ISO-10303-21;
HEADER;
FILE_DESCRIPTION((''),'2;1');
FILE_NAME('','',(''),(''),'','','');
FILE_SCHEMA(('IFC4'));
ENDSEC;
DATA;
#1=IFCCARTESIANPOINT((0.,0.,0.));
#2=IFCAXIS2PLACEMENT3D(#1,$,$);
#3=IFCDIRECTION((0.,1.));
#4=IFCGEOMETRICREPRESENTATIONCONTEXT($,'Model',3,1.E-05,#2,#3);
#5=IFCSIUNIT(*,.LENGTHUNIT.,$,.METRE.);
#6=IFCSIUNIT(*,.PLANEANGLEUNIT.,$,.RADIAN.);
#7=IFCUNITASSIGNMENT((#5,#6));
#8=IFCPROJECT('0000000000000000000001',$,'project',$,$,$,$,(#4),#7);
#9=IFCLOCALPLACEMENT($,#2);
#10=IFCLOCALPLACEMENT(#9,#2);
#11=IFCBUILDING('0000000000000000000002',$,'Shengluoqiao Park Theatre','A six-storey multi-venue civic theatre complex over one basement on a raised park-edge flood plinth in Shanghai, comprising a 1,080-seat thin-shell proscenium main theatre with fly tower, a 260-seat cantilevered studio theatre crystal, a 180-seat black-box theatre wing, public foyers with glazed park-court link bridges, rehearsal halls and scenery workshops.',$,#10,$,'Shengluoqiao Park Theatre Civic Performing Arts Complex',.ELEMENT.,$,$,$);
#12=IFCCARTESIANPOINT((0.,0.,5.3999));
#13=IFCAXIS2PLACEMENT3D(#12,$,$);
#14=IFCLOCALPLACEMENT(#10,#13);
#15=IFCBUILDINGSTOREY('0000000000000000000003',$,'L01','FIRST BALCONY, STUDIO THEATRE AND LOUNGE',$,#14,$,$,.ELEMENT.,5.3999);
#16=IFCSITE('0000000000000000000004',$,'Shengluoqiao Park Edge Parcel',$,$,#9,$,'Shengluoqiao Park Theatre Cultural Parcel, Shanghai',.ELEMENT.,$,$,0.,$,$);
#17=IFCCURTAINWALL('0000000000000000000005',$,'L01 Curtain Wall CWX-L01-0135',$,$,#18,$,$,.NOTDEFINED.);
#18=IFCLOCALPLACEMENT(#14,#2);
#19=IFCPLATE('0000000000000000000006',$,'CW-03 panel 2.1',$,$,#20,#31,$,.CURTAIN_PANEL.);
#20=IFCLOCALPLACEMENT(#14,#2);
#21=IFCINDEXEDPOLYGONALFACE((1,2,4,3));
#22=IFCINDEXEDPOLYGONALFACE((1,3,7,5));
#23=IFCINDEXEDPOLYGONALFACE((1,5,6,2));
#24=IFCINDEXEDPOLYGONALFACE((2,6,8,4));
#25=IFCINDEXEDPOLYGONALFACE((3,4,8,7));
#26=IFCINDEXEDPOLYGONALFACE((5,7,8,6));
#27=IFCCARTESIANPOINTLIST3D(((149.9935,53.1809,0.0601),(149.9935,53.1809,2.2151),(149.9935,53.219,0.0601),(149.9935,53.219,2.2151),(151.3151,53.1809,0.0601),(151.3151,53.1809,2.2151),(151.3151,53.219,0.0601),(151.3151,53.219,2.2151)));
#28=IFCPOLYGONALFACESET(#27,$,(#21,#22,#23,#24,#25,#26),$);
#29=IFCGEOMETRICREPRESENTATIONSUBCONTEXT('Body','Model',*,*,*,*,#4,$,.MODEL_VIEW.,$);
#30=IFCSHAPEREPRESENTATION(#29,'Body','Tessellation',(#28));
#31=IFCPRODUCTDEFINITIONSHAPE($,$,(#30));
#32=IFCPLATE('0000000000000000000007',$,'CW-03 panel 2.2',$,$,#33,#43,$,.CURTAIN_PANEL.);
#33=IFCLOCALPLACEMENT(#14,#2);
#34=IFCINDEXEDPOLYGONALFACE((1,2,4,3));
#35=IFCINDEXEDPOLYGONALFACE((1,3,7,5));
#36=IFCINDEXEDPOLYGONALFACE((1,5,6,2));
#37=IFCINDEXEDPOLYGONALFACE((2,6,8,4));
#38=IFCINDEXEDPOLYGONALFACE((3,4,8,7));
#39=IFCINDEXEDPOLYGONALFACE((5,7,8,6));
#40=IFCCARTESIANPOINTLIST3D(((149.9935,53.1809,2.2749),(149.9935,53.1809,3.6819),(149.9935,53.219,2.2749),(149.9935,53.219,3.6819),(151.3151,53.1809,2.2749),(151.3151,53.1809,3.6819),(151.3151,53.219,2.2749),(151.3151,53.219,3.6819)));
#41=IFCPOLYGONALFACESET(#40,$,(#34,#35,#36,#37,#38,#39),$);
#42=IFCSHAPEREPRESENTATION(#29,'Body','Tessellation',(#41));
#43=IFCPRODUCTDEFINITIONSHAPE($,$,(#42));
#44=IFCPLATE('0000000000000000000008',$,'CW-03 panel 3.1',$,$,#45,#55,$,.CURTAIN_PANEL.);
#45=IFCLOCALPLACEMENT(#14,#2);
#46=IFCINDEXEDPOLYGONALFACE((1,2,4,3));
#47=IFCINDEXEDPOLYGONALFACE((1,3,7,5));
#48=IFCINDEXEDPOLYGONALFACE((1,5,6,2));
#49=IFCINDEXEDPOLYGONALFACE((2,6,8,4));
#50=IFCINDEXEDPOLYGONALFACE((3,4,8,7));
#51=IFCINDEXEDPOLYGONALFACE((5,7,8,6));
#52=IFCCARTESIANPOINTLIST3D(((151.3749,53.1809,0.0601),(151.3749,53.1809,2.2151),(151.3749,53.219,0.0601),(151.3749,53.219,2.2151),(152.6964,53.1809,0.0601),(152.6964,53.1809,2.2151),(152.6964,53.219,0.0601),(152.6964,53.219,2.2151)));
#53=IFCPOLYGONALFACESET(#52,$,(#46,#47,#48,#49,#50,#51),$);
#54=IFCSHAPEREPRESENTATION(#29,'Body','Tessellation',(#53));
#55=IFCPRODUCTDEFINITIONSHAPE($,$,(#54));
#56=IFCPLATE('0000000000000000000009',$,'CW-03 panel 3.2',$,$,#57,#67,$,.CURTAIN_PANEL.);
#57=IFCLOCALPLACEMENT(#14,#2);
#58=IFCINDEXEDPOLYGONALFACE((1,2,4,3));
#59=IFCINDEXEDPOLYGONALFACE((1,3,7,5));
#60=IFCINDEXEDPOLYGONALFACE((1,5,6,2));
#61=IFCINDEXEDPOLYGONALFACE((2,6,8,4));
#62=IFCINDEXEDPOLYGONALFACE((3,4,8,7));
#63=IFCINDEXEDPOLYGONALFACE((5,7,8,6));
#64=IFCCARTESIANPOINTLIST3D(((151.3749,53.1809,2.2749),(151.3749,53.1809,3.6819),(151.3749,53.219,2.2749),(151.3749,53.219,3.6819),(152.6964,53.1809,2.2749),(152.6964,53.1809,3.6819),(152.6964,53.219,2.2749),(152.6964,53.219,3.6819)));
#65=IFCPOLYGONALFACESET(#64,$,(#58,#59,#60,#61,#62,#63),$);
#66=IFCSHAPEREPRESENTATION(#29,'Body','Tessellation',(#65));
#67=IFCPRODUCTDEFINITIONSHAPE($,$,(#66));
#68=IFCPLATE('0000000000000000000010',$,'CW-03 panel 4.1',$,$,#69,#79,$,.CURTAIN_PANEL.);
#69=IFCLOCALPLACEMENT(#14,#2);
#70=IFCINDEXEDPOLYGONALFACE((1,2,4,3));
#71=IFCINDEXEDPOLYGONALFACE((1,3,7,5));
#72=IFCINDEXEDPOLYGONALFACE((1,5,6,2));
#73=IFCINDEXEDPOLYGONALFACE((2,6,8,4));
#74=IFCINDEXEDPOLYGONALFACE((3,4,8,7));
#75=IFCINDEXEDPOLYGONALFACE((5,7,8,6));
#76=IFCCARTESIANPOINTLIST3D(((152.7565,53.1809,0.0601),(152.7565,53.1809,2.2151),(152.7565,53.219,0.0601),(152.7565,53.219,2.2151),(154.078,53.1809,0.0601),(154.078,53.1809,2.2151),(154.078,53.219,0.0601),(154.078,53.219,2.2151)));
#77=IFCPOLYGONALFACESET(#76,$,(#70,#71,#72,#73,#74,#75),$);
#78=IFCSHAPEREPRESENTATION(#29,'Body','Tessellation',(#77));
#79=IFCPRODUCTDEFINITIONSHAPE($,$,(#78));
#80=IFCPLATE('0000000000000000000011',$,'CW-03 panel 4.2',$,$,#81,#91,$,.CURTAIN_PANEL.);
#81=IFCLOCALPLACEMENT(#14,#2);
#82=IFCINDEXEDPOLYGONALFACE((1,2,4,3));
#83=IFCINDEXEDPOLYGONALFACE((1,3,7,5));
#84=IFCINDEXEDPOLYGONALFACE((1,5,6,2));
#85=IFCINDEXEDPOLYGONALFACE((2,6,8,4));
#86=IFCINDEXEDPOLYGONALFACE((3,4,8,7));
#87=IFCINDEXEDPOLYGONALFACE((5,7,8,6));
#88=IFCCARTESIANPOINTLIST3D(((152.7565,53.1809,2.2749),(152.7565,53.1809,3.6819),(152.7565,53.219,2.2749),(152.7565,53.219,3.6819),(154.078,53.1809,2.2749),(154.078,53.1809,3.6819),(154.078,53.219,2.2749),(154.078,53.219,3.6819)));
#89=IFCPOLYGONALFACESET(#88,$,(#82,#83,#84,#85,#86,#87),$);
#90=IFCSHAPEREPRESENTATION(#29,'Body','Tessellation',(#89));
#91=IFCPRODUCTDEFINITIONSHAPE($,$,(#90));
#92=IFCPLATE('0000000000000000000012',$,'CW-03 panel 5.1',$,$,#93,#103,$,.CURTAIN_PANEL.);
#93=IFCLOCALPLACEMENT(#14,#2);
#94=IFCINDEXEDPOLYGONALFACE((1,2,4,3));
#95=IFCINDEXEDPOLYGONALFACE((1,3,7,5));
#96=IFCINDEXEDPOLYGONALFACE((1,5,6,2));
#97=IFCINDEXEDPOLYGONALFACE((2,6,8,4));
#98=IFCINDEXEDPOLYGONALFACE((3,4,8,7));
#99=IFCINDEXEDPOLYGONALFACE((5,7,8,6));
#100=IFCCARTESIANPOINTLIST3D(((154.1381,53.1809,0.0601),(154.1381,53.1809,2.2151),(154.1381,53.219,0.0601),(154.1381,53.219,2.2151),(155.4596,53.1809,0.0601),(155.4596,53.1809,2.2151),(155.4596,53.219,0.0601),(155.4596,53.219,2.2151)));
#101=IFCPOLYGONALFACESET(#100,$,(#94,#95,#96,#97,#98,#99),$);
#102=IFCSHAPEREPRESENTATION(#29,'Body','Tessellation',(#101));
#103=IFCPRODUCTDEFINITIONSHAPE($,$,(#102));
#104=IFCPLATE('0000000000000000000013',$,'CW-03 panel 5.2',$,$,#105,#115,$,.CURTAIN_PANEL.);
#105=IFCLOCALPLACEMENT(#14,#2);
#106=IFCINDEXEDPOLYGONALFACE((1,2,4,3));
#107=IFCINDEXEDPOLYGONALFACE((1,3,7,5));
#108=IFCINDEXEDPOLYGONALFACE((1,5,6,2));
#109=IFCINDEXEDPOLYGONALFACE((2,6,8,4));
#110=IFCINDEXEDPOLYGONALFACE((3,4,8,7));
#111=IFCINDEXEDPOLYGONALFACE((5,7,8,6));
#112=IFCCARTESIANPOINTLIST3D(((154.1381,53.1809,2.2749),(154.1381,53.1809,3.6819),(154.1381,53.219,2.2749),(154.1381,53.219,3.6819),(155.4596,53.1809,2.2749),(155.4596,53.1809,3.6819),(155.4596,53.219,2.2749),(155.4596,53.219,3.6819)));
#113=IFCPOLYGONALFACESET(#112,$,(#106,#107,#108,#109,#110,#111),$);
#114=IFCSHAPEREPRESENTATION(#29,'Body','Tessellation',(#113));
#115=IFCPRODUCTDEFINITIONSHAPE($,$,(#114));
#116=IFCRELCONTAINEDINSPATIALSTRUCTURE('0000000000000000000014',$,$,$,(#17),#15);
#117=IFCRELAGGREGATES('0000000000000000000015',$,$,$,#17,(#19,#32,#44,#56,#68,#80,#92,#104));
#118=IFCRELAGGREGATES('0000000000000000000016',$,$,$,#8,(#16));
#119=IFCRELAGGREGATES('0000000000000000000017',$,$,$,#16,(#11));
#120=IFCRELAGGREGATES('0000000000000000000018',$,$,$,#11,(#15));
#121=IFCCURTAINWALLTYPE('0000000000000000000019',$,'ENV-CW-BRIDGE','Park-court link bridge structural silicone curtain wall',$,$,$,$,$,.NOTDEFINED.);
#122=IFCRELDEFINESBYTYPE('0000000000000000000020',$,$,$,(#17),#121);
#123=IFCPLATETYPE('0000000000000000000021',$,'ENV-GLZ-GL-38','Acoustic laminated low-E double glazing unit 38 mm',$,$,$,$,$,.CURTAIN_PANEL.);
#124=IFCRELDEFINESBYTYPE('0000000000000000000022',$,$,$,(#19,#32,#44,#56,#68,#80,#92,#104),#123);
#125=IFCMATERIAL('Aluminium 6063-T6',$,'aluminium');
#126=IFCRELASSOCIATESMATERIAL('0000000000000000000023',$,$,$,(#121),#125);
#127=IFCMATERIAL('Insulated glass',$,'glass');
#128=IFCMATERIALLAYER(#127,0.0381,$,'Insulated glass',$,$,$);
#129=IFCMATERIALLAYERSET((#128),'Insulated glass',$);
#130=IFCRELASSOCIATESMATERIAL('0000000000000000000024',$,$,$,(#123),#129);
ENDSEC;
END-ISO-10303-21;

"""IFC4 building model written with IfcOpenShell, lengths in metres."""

from ifc_helpers import new_model, si_unit, direction, frame, origin, origin_2d, place, context, subcontext, project, spatial, rectangle, extrude, material, layer, layer_set, type_object, element, aggregate, save


model = new_model("IFC4")

# Units and contexts
model_context = context("Model", 3, precision=1e-05, world=origin(), true_north=direction((0.0, 1.0)))
body_context = subcontext(model_context, "Body", "Model", "MODEL_VIEW")
ifc_project = project(units=[si_unit("LENGTHUNIT", "METRE"), si_unit("PLANEANGLEUNIT", "RADIAN")], contexts=[model_context])

# Site, building, storey
site_placement = place(None, origin())
site = spatial("IfcSite", under=ifc_project, at=site_placement, Name="Shengluoqiao Park Edge Parcel", LongName="Shengluoqiao Park Theatre Cultural Parcel, Shanghai", CompositionType="ELEMENT", RefElevation=0.0)
building_placement = place(site_placement, origin())
building = spatial("IfcBuilding", under=site, at=building_placement, Name="Shengluoqiao Park Theatre", Description="A six-storey multi-venue civic theatre complex over one basement on a raised park-edge flood plinth in Shanghai, comprising a 1,080-seat thin-shell proscenium main theatre with fly tower, a 260-seat cantilevered studio theatre crystal, a 180-seat black-box theatre wing, public foyers with glazed park-court link bridges, rehearsal halls and scenery workshops.", LongName="Shengluoqiao Park Theatre Civic Performing Arts Complex", CompositionType="ELEMENT")
storey_placement = place(building_placement, frame((0.0, 0.0, 5.3999)))
storey = spatial("IfcBuildingStorey", under=building, at=storey_placement, Name="L01", Description="FIRST BALCONY, STUDIO THEATRE AND LOUNGE", CompositionType="ELEMENT", Elevation=5.3999)

# Curtain wall
ifc_material_1 = material(Name="Aluminium 6063-T6", Category="aluminium")
curtain_wall_type = type_object("IfcCurtainWallType", Name="ENV-CW-BRIDGE", Description="Park-court link bridge structural silicone curtain wall", PredefinedType="NOTDEFINED", material=ifc_material_1)
curtain_wall_placement = place(storey_placement, origin())
curtain_wall = element("IfcCurtainWall", 1, at=curtain_wall_placement, inside=storey, type_object=curtain_wall_type, Name="L01 Curtain Wall CWX-L01-0135", PredefinedType="NOTDEFINED")

# Plates
ifc_material_2 = material(Name="Insulated glass", Category="glass")
ifc_layer = layer(ifc_material_2, 0.0381, Name="Insulated glass")
ifc_layer_set = layer_set([ifc_layer], Name="Insulated glass")
plate_type = type_object("IfcPlateType", Name="ENV-GLZ-GL-38", Description="Acoustic laminated low-E double glazing unit 38 mm", PredefinedType="CURTAIN_PANEL", material=ifc_layer_set)
plate_1_placement = place(storey_placement, frame((150.6543, 53.2, 0.0601), z_axis=(0.0, 0.0, 1.0), x_axis=(1.0, 0.0, 0.0)))
plate_1 = element("IfcPlate", 2, at=plate_1_placement, type_object=plate_type, Name="CW-03 panel 2.1", PredefinedType="CURTAIN_PANEL", context=body_context, shape_type="SweptSolid", body=[
    extrude(rectangle(XDim=1.3215, YDim=0.0381, at=origin_2d()), origin(), (0.0, 0.0, 1.0), 2.155),
])
plate_2_placement = place(storey_placement, frame((150.6543, 53.2, 2.2749), z_axis=(0.0, 0.0, 1.0), x_axis=(1.0, 0.0, 0.0)))
plate_2 = element("IfcPlate", 3, at=plate_2_placement, type_object=plate_type, Name="CW-03 panel 2.2", PredefinedType="CURTAIN_PANEL", context=body_context, shape_type="SweptSolid", body=[
    extrude(rectangle(XDim=1.3215, YDim=0.0381, at=origin_2d()), origin(), (0.0, 0.0, 1.0), 1.407),
])
plate_3_placement = place(storey_placement, frame((152.0356, 53.2, 0.0601), z_axis=(0.0, 0.0, 1.0), x_axis=(1.0, 0.0, 0.0)))
plate_3 = element("IfcPlate", 4, at=plate_3_placement, type_object=plate_type, Name="CW-03 panel 3.1", PredefinedType="CURTAIN_PANEL", context=body_context, shape_type="SweptSolid", body=[
    extrude(rectangle(XDim=1.3215, YDim=0.0381, at=origin_2d()), origin(), (0.0, 0.0, 1.0), 2.155),
])
plate_4_placement = place(storey_placement, frame((152.0356, 53.2, 2.2749), z_axis=(0.0, 0.0, 1.0), x_axis=(1.0, 0.0, 0.0)))
plate_4 = element("IfcPlate", 5, at=plate_4_placement, type_object=plate_type, Name="CW-03 panel 3.2", PredefinedType="CURTAIN_PANEL", context=body_context, shape_type="SweptSolid", body=[
    extrude(rectangle(XDim=1.3215, YDim=0.0381, at=origin_2d()), origin(), (0.0, 0.0, 1.0), 1.407),
])
plate_5_placement = place(storey_placement, frame((153.4172, 53.2, 0.0601), z_axis=(0.0, 0.0, 1.0), x_axis=(1.0, 0.0, 0.0)))
plate_5 = element("IfcPlate", 6, at=plate_5_placement, type_object=plate_type, Name="CW-03 panel 4.1", PredefinedType="CURTAIN_PANEL", context=body_context, shape_type="SweptSolid", body=[
    extrude(rectangle(XDim=1.3215, YDim=0.0381, at=origin_2d()), origin(), (0.0, 0.0, 1.0), 2.155),
])
plate_6_placement = place(storey_placement, frame((153.4172, 53.2, 2.2749), z_axis=(0.0, 0.0, 1.0), x_axis=(1.0, 0.0, 0.0)))
plate_6 = element("IfcPlate", 7, at=plate_6_placement, type_object=plate_type, Name="CW-03 panel 4.2", PredefinedType="CURTAIN_PANEL", context=body_context, shape_type="SweptSolid", body=[
    extrude(rectangle(XDim=1.3215, YDim=0.0381, at=origin_2d()), origin(), (0.0, 0.0, 1.0), 1.407),
])
plate_7_placement = place(storey_placement, frame((154.7988, 53.2, 0.0601), z_axis=(0.0, 0.0, 1.0), x_axis=(1.0, 0.0, 0.0)))
plate_7 = element("IfcPlate", 8, at=plate_7_placement, type_object=plate_type, Name="CW-03 panel 5.1", PredefinedType="CURTAIN_PANEL", context=body_context, shape_type="SweptSolid", body=[
    extrude(rectangle(XDim=1.3215, YDim=0.0381, at=origin_2d()), origin(), (0.0, 0.0, 1.0), 2.155),
])
plate_8_placement = place(storey_placement, frame((154.7988, 53.2, 2.2749), z_axis=(0.0, 0.0, 1.0), x_axis=(1.0, 0.0, 0.0)))
plate_8 = element("IfcPlate", 9, at=plate_8_placement, type_object=plate_type, Name="CW-03 panel 5.2", PredefinedType="CURTAIN_PANEL", context=body_context, shape_type="SweptSolid", body=[
    extrude(rectangle(XDim=1.3215, YDim=0.0381, at=origin_2d()), origin(), (0.0, 0.0, 1.0), 1.407),
])
aggregate(curtain_wall, [plate_1, plate_2, plate_3, plate_4, plate_5, plate_6, plate_7, plate_8])

save(model, "model.ifc")
